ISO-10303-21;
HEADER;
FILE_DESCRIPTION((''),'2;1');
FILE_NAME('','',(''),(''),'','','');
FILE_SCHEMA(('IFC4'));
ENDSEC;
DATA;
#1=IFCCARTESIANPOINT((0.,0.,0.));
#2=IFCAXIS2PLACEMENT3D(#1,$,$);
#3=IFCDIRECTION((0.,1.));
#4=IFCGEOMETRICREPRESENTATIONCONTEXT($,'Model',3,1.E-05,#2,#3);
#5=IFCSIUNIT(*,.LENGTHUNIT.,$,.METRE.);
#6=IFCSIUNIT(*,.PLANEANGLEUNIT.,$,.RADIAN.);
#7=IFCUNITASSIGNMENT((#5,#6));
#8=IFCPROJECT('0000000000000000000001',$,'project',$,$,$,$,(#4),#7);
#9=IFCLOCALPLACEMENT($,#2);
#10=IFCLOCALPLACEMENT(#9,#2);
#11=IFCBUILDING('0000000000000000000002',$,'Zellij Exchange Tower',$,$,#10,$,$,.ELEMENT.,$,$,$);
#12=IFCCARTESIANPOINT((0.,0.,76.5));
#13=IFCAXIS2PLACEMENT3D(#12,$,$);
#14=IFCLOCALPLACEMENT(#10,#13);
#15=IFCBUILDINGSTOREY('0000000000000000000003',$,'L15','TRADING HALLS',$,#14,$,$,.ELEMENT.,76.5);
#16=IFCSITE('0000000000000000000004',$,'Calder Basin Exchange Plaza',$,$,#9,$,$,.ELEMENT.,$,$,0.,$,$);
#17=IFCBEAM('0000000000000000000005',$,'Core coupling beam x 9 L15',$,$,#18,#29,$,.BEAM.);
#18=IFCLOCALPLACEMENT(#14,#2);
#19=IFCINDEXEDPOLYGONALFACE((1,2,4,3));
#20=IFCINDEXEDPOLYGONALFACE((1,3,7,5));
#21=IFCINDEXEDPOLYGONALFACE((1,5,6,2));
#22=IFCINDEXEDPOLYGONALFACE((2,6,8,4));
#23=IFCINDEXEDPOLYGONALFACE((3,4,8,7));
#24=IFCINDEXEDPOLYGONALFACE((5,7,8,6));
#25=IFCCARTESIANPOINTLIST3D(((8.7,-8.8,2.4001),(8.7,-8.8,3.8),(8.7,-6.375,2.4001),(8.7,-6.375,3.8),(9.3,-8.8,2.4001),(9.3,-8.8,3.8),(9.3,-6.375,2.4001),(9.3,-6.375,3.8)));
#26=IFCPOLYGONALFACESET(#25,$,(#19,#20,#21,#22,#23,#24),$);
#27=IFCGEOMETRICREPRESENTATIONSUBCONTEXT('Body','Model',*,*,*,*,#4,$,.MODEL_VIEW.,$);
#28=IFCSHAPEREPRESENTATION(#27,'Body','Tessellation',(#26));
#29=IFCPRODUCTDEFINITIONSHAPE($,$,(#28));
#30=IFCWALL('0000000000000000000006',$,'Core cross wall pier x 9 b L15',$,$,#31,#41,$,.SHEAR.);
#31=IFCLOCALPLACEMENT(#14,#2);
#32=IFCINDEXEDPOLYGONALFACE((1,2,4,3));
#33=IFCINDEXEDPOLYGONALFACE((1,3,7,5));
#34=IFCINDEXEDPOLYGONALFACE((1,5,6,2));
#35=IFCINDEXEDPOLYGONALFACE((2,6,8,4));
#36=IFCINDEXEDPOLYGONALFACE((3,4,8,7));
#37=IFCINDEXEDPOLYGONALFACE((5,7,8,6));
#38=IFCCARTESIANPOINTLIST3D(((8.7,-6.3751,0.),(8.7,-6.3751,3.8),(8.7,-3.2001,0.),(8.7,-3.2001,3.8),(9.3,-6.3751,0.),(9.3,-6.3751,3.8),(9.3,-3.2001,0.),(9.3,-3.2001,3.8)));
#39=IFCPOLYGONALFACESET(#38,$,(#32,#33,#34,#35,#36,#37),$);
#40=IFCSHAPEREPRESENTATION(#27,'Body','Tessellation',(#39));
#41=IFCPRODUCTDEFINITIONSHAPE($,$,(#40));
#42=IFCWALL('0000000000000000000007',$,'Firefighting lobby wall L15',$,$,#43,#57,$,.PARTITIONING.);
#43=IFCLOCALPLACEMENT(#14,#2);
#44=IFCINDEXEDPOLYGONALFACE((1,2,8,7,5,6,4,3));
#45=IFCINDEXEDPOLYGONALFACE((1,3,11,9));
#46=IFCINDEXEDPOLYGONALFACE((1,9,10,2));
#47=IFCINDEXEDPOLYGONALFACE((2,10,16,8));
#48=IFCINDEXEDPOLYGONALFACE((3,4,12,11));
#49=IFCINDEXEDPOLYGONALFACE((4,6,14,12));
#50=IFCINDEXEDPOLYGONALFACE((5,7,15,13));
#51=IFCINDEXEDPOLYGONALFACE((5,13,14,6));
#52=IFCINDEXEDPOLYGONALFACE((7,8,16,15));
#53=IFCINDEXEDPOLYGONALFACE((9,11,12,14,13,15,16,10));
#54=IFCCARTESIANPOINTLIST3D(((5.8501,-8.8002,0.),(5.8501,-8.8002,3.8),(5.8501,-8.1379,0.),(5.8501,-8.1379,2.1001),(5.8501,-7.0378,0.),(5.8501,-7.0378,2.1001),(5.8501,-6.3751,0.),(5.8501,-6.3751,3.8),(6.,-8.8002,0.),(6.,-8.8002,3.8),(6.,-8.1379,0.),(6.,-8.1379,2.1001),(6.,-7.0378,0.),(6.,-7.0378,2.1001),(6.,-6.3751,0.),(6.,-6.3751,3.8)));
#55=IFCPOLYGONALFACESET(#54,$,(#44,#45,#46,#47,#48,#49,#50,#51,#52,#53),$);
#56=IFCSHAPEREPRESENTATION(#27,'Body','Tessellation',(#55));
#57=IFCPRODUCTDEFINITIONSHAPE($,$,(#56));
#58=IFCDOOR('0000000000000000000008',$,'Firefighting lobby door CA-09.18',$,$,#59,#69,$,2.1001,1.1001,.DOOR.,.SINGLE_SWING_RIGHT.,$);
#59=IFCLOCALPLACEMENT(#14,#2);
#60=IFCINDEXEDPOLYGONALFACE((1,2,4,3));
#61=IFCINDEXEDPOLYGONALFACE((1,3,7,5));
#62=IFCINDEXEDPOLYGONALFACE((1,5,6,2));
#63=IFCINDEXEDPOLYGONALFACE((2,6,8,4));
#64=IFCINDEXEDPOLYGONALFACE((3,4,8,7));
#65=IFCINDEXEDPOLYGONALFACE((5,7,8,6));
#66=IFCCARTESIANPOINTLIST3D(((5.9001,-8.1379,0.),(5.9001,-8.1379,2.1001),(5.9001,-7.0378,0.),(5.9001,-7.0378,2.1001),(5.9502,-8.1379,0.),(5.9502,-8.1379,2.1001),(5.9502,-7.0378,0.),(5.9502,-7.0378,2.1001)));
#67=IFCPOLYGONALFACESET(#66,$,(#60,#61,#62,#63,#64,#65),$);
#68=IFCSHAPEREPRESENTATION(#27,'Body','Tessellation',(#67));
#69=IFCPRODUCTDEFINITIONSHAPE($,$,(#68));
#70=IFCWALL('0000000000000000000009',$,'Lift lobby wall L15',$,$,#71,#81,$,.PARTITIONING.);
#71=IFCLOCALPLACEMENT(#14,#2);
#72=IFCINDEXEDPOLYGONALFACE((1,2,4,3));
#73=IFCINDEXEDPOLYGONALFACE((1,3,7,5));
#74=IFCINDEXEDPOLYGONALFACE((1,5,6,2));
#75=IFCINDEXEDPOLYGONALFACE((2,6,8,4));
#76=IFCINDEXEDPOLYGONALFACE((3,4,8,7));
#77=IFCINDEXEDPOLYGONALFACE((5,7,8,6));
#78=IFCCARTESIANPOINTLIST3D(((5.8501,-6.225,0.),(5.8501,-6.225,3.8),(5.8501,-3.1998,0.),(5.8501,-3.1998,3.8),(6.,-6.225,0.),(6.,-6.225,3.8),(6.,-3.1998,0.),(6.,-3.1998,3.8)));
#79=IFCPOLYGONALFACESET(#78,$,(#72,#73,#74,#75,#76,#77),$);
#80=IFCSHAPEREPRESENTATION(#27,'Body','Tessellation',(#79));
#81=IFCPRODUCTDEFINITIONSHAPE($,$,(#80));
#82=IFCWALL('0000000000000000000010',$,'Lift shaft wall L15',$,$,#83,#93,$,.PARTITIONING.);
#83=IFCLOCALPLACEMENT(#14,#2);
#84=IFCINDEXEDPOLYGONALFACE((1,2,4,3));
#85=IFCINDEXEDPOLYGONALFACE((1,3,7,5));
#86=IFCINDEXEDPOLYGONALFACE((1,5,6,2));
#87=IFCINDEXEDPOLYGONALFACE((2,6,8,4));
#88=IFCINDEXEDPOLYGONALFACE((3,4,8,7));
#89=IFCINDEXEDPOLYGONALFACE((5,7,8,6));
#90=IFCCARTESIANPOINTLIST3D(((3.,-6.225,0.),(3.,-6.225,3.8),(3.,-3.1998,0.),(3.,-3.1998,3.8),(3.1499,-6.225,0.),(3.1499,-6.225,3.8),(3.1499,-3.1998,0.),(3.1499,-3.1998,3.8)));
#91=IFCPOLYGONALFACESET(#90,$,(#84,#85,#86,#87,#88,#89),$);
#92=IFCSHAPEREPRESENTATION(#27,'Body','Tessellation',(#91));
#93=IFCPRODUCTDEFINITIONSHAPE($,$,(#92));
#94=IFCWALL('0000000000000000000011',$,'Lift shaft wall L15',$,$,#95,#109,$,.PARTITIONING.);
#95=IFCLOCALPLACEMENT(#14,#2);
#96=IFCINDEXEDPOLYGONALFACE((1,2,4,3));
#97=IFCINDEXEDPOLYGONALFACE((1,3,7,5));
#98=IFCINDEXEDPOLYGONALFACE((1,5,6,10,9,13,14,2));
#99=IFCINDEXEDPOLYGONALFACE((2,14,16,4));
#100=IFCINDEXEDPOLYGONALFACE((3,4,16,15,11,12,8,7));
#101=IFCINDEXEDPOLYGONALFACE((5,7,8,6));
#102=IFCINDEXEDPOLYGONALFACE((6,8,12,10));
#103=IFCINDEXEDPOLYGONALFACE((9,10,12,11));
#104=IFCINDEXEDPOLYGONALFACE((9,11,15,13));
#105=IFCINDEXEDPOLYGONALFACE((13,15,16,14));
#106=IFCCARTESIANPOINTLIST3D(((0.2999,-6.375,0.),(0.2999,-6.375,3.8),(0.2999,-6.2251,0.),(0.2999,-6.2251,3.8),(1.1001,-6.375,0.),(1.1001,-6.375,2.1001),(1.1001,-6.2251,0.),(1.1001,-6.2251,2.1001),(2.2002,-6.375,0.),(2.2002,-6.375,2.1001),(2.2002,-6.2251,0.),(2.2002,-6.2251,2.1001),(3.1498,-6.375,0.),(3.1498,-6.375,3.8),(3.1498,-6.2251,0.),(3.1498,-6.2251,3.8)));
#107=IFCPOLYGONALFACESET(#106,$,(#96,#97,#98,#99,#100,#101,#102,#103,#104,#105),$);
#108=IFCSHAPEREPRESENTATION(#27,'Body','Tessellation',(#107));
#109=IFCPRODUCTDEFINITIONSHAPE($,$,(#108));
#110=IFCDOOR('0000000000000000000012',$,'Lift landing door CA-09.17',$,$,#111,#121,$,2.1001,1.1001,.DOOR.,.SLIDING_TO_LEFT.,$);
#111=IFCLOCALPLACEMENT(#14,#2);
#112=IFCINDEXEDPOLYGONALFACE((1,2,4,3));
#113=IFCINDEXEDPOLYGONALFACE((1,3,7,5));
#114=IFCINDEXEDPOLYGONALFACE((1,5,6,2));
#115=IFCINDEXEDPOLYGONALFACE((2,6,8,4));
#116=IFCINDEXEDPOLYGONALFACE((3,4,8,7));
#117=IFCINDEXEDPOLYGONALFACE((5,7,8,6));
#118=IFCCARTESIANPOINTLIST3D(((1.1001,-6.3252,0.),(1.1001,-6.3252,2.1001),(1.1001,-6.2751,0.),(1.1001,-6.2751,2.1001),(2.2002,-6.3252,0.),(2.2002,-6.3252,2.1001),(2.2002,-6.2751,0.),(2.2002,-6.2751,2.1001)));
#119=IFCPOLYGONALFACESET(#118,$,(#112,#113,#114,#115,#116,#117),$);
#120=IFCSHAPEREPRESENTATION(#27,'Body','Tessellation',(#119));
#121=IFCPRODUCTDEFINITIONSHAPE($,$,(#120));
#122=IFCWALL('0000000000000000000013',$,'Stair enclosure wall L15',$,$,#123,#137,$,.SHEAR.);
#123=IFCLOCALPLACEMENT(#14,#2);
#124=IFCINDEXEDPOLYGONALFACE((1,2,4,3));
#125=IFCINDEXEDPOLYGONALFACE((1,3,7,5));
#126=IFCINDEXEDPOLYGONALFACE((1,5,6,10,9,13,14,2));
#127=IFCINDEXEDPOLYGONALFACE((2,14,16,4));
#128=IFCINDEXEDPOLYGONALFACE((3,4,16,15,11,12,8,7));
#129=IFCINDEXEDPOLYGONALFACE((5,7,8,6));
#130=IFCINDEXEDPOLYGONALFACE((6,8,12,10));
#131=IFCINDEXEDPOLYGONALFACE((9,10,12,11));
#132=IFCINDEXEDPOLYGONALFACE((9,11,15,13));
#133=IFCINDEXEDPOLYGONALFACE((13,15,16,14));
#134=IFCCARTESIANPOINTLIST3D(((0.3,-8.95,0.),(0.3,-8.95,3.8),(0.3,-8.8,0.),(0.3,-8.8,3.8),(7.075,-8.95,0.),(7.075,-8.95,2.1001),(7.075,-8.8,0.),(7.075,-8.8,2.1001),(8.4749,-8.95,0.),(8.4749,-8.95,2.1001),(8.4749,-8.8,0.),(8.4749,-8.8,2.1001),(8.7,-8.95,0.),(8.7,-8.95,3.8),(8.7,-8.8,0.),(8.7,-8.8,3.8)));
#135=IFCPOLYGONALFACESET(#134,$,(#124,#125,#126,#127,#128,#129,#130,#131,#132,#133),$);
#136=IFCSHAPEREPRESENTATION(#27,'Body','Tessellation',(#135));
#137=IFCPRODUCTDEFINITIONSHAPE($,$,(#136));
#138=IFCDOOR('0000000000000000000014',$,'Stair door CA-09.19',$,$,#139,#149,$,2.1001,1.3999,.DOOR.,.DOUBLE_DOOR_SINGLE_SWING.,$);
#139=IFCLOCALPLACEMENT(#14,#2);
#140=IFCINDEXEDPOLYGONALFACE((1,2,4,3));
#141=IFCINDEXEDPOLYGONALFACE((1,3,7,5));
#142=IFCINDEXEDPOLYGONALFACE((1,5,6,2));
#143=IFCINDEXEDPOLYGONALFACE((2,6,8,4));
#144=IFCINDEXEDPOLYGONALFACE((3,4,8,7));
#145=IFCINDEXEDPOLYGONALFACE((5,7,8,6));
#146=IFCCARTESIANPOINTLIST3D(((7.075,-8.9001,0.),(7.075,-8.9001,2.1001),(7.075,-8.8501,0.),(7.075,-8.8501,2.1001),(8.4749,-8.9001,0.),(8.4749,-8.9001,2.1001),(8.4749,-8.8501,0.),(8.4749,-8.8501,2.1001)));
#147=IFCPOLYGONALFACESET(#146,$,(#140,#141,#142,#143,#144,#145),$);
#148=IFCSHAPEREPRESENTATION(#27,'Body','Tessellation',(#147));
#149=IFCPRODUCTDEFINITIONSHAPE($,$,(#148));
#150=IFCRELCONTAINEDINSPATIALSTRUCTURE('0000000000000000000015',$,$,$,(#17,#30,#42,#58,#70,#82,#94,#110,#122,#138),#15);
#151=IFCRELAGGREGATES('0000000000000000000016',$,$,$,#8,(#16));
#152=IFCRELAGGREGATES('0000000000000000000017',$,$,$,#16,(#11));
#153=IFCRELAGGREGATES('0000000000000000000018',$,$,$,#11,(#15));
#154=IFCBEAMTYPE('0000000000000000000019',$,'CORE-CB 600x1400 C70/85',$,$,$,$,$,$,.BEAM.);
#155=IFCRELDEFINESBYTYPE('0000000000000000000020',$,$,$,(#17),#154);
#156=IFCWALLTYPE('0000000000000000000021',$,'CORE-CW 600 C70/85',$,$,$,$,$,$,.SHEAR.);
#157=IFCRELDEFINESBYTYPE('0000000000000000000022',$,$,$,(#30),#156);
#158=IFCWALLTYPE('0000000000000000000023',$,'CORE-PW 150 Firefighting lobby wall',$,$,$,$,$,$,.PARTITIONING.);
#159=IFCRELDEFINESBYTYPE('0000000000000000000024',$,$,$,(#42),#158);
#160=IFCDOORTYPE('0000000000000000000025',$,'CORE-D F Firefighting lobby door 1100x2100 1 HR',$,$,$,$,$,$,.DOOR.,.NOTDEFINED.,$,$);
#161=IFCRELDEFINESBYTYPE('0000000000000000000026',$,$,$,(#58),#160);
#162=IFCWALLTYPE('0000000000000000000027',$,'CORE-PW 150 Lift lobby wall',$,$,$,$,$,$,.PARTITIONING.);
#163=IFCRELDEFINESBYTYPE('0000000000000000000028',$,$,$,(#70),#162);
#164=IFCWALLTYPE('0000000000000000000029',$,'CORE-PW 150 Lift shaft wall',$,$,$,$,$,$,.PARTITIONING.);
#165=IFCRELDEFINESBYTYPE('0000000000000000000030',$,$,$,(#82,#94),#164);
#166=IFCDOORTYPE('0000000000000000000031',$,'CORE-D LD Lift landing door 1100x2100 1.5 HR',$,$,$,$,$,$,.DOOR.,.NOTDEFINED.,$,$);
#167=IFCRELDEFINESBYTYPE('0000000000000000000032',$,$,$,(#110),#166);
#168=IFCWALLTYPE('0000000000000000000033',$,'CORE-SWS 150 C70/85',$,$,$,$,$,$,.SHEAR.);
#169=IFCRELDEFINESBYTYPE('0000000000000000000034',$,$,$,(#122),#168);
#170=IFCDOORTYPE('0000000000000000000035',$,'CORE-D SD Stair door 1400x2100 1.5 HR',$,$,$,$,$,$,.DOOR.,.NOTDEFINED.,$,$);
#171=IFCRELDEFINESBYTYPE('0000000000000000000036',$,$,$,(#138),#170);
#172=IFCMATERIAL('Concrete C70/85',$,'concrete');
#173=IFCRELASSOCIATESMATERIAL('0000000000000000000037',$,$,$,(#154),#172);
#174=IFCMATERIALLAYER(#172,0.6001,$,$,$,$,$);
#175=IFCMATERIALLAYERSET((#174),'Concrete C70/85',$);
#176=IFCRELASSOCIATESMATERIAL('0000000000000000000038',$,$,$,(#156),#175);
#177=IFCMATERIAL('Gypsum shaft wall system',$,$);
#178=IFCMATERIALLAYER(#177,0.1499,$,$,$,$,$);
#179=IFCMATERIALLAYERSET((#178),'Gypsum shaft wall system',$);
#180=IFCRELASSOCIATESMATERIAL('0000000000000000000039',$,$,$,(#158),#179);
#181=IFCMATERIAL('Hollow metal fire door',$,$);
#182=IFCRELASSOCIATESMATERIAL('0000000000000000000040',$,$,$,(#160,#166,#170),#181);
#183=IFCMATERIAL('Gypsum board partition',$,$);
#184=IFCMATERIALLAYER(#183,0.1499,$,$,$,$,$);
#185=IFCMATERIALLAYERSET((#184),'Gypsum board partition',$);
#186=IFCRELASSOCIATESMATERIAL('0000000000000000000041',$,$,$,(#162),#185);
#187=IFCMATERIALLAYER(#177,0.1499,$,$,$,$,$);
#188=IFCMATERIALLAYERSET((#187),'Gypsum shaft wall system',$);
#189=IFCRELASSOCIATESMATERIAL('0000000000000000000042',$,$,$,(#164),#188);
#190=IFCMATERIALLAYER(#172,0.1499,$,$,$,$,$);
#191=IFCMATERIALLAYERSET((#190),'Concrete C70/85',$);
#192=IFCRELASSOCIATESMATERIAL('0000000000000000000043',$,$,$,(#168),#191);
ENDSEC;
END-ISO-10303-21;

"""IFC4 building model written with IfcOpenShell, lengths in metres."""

from ifc_helpers import new_model, si_unit, direction, frame, frame_2d, origin, origin_2d, place, context, subcontext, project, spatial, rectangle, extrude, material, layer, layer_set, material_profile, profile_set, type_object, element, fill, save


model = new_model("IFC4")

# Units and contexts
model_context = context("Model", 3, precision=1e-05, world=origin(), true_north=direction((0.0, 1.0)))
body_context = subcontext(model_context, "Body", "Model", "MODEL_VIEW")
ifc_project = project(units=[si_unit("LENGTHUNIT", "METRE"), si_unit("PLANEANGLEUNIT", "RADIAN")], contexts=[model_context])

# Site, building, storey
site_placement = place(None, origin())
site = spatial("IfcSite", under=ifc_project, at=site_placement, Name="Calder Basin Exchange Plaza", CompositionType="ELEMENT", RefElevation=0.0)
building_placement = place(site_placement, origin())
building = spatial("IfcBuilding", under=site, at=building_placement, Name="Zellij Exchange Tower", CompositionType="ELEMENT")
storey_placement = place(building_placement, frame((0.0, 0.0, 76.5)))
storey = spatial("IfcBuildingStorey", under=building, at=storey_placement, Name="L15", Description="TRADING HALLS", CompositionType="ELEMENT", Elevation=76.5)

# Beam
ifc_material_1 = material(Name="Concrete C70/85", Category="concrete")
ifc_material_profile = material_profile(ifc_material_1, rectangle(XDim=0.6001, YDim=1.3999, at=origin_2d()), Name="CORE-CB 600x1400 C70/85")
ifc_profile_set = profile_set([ifc_material_profile], Name="Concrete C70/85")
beam_type = type_object("IfcBeamType", Name="CORE-CB 600x1400 C70/85", PredefinedType="BEAM", material=ifc_profile_set)
beam_placement = place(storey_placement, frame((9.0, -8.8, 3.1001), z_axis=(0.0, 1.0, 0.0), x_axis=(-1.0, 0.0, 0.0)))
element("IfcBeam", 1, at=beam_placement, inside=storey, type_object=beam_type, Name="Core coupling beam x 9 L15", PredefinedType="BEAM", context=body_context, shape_type="SweptSolid", body=[
    extrude(rectangle(XDim=0.6001, YDim=1.3999, at=origin_2d()), origin(), (0.0, 0.0, 1.0), 2.425),
])

# Wall
ifc_layer_1 = layer(ifc_material_1, 0.6001)
ifc_layer_set_1 = layer_set([ifc_layer_1], Name="Concrete C70/85")
wall_type_1 = type_object("IfcWallType", Name="CORE-CW 600 C70/85", PredefinedType="SHEAR", material=ifc_layer_set_1)
wall_1_placement = place(storey_placement, frame((9.0, -6.375, 0.0), z_axis=(0.0, 0.0, 1.0), x_axis=(0.0, 1.0, 0.0)))
element("IfcWall", 2, at=wall_1_placement, inside=storey, type_object=wall_type_1, Name="Core cross wall pier x 9 b L15", PredefinedType="SHEAR", context=body_context, shape_type="SweptSolid", body=[
    extrude(rectangle(XDim=3.175, YDim=0.6001, at=frame_2d((1.5874, 0.0))), origin(), (0.0, 0.0, 1.0), 3.8),
])

# Wall, opening, door
ifc_material_2 = material(Name="Gypsum shaft wall system")
ifc_layer_2 = layer(ifc_material_2, 0.1499)
ifc_layer_set_2 = layer_set([ifc_layer_2], Name="Gypsum shaft wall system")
wall_type_2 = type_object("IfcWallType", Name="CORE-PW 150 Firefighting lobby wall", PredefinedType="PARTITIONING", material=ifc_layer_set_2)
wall_2_placement = place(storey_placement, frame((5.925, -8.8, 0.0), z_axis=(0.0, 0.0, 1.0), x_axis=(0.0, 1.0, 0.0)))
wall_2 = element("IfcWall", 3, at=wall_2_placement, inside=storey, type_object=wall_type_2, Name="Firefighting lobby wall L15", PredefinedType="PARTITIONING", context=body_context, shape_type="SweptSolid", body=[
    extrude(rectangle(XDim=2.425, YDim=0.1499, at=frame_2d((1.2124, 0.0))), origin(), (0.0, 0.0, 1.0), 3.8),
])
opening_1_placement = place(wall_2_placement, frame((0.6621, 0.0, 0.0)))
opening_1 = element("IfcOpeningElement", 4, at=opening_1_placement, cuts=wall_2, PredefinedType="OPENING", context=body_context, shape_type="SweptSolid", body=[
    extrude(rectangle(XDim=1.1001, YDim=2.1001, at=frame_2d((0.55, 1.05))), frame((0.0, 0.0869, 0.0), z_axis=(0.0, -1.0, 0.0), x_axis=(1.0, 0.0, 0.0)), (0.0, 0.0, 1.0), 0.1738),
])
ifc_material_3 = material(Name="Hollow metal fire door")
door_type_1 = type_object("IfcDoorType", Name="CORE-D F Firefighting lobby door 1100x2100 1 HR", OperationType="NOTDEFINED", PredefinedType="DOOR", material=ifc_material_3)
door_1_placement = place(opening_1_placement, origin())
door_1 = element("IfcDoor", 5, at=door_1_placement, inside=storey, type_object=door_type_1, Name="Firefighting lobby door CA-09.18", OperationType="SINGLE_SWING_RIGHT", OverallHeight=2.1001, OverallWidth=1.1001, PredefinedType="DOOR", context=body_context, shape_type="SweptSolid", body=[
    extrude(rectangle(XDim=1.1001, YDim=2.1001, at=frame_2d((0.55, 1.05))), frame((0.0, 0.0249, 0.0), z_axis=(0.0, -1.0, 0.0), x_axis=(1.0, 0.0, 0.0)), (0.0, 0.0, 1.0), 0.05),
])
fill(opening_1, door_1)

# Walls
ifc_material_4 = material(Name="Gypsum board partition")
ifc_layer_3 = layer(ifc_material_4, 0.1499)
ifc_layer_set_3 = layer_set([ifc_layer_3], Name="Gypsum board partition")
wall_type_3 = type_object("IfcWallType", Name="CORE-PW 150 Lift lobby wall", PredefinedType="PARTITIONING", material=ifc_layer_set_3)
wall_3_placement = place(storey_placement, frame((5.925, -6.2251, 0.0), z_axis=(0.0, 0.0, 1.0), x_axis=(0.0, 1.0, 0.0)))
element("IfcWall", 6, at=wall_3_placement, inside=storey, type_object=wall_type_3, Name="Lift lobby wall L15", PredefinedType="PARTITIONING", context=body_context, shape_type="SweptSolid", body=[
    extrude(rectangle(XDim=3.0251, YDim=0.1499, at=frame_2d((1.5127, 0.0))), origin(), (0.0, 0.0, 1.0), 3.8),
])
ifc_layer_4 = layer(ifc_material_2, 0.1499)
ifc_layer_set_4 = layer_set([ifc_layer_4], Name="Gypsum shaft wall system")
wall_type_4 = type_object("IfcWallType", Name="CORE-PW 150 Lift shaft wall", PredefinedType="PARTITIONING", material=ifc_layer_set_4)
wall_4_placement = place(storey_placement, frame((3.075, -6.2251, 0.0), z_axis=(0.0, 0.0, 1.0), x_axis=(0.0, 1.0, 0.0)))
element("IfcWall", 7, at=wall_4_placement, inside=storey, type_object=wall_type_4, Name="Lift shaft wall L15", PredefinedType="PARTITIONING", context=body_context, shape_type="SweptSolid", body=[
    extrude(rectangle(XDim=3.0251, YDim=0.1499, at=frame_2d((1.5127, 0.0))), origin(), (0.0, 0.0, 1.0), 3.8),
])

# Walls, openings, doors
wall_5_placement = place(storey_placement, frame((0.3, -6.3, 0.0), z_axis=(0.0, 0.0, 1.0), x_axis=(1.0, 0.0, 0.0)))
wall_5 = element("IfcWall", 8, at=wall_5_placement, inside=storey, type_object=wall_type_4, Name="Lift shaft wall L15", PredefinedType="PARTITIONING", context=body_context, shape_type="SweptSolid", body=[
    extrude(rectangle(XDim=2.8499, YDim=0.1499, at=frame_2d((1.4248, 0.0))), origin(), (0.0, 0.0, 1.0), 3.8),
])
opening_2_placement = place(wall_5_placement, frame((0.8, 0.0, 0.0)))
opening_2 = element("IfcOpeningElement", 9, at=opening_2_placement, cuts=wall_5, PredefinedType="OPENING", context=body_context, shape_type="SweptSolid", body=[
    extrude(rectangle(XDim=1.1001, YDim=2.1001, at=frame_2d((0.55, 1.05))), frame((0.0, 0.0869, 0.0), z_axis=(0.0, -1.0, 0.0), x_axis=(1.0, 0.0, 0.0)), (0.0, 0.0, 1.0), 0.1738),
])
door_type_2 = type_object("IfcDoorType", Name="CORE-D LD Lift landing door 1100x2100 1.5 HR", OperationType="NOTDEFINED", PredefinedType="DOOR", material=ifc_material_3)
door_2_placement = place(opening_2_placement, origin())
door_2 = element("IfcDoor", 10, at=door_2_placement, inside=storey, type_object=door_type_2, Name="Lift landing door CA-09.17", OperationType="SLIDING_TO_LEFT", OverallHeight=2.1001, OverallWidth=1.1001, PredefinedType="DOOR", context=body_context, shape_type="SweptSolid", body=[
    extrude(rectangle(XDim=1.1001, YDim=2.1001, at=frame_2d((0.55, 1.05))), frame((0.0, 0.0249, 0.0), z_axis=(0.0, -1.0, 0.0), x_axis=(1.0, 0.0, 0.0)), (0.0, 0.0, 1.0), 0.05),
])
fill(opening_2, door_2)
ifc_layer_5 = layer(ifc_material_1, 0.1499)
ifc_layer_set_5 = layer_set([ifc_layer_5], Name="Concrete C70/85")
wall_type_5 = type_object("IfcWallType", Name="CORE-SWS 150 C70/85", PredefinedType="SHEAR", material=ifc_layer_set_5)
wall_6_placement = place(storey_placement, frame((0.3, -8.875, 0.0), z_axis=(0.0, 0.0, 1.0), x_axis=(1.0, 0.0, 0.0)))
wall_6 = element("IfcWall", 11, at=wall_6_placement, inside=storey, type_object=wall_type_5, Name="Stair enclosure wall L15", PredefinedType="SHEAR", context=body_context, shape_type="SweptSolid", body=[
    extrude(rectangle(XDim=8.3999, YDim=0.1499, at=frame_2d((4.2, 0.0))), origin(), (0.0, 0.0, 1.0), 3.8),
])
opening_3_placement = place(wall_6_placement, frame((6.7749, 0.0, 0.0)))
opening_3 = element("IfcOpeningElement", 12, at=opening_3_placement, cuts=wall_6, PredefinedType="OPENING", context=body_context, shape_type="SweptSolid", body=[
    extrude(rectangle(XDim=1.3999, YDim=2.1001, at=frame_2d((0.7, 1.05))), frame((0.0, 0.0869, 0.0), z_axis=(0.0, -1.0, 0.0), x_axis=(1.0, 0.0, 0.0)), (0.0, 0.0, 1.0), 0.1738),
])
door_type_3 = type_object("IfcDoorType", Name="CORE-D SD Stair door 1400x2100 1.5 HR", OperationType="NOTDEFINED", PredefinedType="DOOR", material=ifc_material_3)
door_3_placement = place(opening_3_placement, origin())
door_3 = element("IfcDoor", 13, at=door_3_placement, inside=storey, type_object=door_type_3, Name="Stair door CA-09.19", OperationType="DOUBLE_DOOR_SINGLE_SWING", OverallHeight=2.1001, OverallWidth=1.3999, PredefinedType="DOOR", context=body_context, shape_type="SweptSolid", body=[
    extrude(rectangle(XDim=1.3999, YDim=2.1001, at=frame_2d((0.7, 1.05))), frame((0.0, 0.0249, 0.0), z_axis=(0.0, -1.0, 0.0), x_axis=(1.0, 0.0, 0.0)), (0.0, 0.0, 1.0), 0.05),
])
fill(opening_3, door_3)

save(model, "model.ifc")
